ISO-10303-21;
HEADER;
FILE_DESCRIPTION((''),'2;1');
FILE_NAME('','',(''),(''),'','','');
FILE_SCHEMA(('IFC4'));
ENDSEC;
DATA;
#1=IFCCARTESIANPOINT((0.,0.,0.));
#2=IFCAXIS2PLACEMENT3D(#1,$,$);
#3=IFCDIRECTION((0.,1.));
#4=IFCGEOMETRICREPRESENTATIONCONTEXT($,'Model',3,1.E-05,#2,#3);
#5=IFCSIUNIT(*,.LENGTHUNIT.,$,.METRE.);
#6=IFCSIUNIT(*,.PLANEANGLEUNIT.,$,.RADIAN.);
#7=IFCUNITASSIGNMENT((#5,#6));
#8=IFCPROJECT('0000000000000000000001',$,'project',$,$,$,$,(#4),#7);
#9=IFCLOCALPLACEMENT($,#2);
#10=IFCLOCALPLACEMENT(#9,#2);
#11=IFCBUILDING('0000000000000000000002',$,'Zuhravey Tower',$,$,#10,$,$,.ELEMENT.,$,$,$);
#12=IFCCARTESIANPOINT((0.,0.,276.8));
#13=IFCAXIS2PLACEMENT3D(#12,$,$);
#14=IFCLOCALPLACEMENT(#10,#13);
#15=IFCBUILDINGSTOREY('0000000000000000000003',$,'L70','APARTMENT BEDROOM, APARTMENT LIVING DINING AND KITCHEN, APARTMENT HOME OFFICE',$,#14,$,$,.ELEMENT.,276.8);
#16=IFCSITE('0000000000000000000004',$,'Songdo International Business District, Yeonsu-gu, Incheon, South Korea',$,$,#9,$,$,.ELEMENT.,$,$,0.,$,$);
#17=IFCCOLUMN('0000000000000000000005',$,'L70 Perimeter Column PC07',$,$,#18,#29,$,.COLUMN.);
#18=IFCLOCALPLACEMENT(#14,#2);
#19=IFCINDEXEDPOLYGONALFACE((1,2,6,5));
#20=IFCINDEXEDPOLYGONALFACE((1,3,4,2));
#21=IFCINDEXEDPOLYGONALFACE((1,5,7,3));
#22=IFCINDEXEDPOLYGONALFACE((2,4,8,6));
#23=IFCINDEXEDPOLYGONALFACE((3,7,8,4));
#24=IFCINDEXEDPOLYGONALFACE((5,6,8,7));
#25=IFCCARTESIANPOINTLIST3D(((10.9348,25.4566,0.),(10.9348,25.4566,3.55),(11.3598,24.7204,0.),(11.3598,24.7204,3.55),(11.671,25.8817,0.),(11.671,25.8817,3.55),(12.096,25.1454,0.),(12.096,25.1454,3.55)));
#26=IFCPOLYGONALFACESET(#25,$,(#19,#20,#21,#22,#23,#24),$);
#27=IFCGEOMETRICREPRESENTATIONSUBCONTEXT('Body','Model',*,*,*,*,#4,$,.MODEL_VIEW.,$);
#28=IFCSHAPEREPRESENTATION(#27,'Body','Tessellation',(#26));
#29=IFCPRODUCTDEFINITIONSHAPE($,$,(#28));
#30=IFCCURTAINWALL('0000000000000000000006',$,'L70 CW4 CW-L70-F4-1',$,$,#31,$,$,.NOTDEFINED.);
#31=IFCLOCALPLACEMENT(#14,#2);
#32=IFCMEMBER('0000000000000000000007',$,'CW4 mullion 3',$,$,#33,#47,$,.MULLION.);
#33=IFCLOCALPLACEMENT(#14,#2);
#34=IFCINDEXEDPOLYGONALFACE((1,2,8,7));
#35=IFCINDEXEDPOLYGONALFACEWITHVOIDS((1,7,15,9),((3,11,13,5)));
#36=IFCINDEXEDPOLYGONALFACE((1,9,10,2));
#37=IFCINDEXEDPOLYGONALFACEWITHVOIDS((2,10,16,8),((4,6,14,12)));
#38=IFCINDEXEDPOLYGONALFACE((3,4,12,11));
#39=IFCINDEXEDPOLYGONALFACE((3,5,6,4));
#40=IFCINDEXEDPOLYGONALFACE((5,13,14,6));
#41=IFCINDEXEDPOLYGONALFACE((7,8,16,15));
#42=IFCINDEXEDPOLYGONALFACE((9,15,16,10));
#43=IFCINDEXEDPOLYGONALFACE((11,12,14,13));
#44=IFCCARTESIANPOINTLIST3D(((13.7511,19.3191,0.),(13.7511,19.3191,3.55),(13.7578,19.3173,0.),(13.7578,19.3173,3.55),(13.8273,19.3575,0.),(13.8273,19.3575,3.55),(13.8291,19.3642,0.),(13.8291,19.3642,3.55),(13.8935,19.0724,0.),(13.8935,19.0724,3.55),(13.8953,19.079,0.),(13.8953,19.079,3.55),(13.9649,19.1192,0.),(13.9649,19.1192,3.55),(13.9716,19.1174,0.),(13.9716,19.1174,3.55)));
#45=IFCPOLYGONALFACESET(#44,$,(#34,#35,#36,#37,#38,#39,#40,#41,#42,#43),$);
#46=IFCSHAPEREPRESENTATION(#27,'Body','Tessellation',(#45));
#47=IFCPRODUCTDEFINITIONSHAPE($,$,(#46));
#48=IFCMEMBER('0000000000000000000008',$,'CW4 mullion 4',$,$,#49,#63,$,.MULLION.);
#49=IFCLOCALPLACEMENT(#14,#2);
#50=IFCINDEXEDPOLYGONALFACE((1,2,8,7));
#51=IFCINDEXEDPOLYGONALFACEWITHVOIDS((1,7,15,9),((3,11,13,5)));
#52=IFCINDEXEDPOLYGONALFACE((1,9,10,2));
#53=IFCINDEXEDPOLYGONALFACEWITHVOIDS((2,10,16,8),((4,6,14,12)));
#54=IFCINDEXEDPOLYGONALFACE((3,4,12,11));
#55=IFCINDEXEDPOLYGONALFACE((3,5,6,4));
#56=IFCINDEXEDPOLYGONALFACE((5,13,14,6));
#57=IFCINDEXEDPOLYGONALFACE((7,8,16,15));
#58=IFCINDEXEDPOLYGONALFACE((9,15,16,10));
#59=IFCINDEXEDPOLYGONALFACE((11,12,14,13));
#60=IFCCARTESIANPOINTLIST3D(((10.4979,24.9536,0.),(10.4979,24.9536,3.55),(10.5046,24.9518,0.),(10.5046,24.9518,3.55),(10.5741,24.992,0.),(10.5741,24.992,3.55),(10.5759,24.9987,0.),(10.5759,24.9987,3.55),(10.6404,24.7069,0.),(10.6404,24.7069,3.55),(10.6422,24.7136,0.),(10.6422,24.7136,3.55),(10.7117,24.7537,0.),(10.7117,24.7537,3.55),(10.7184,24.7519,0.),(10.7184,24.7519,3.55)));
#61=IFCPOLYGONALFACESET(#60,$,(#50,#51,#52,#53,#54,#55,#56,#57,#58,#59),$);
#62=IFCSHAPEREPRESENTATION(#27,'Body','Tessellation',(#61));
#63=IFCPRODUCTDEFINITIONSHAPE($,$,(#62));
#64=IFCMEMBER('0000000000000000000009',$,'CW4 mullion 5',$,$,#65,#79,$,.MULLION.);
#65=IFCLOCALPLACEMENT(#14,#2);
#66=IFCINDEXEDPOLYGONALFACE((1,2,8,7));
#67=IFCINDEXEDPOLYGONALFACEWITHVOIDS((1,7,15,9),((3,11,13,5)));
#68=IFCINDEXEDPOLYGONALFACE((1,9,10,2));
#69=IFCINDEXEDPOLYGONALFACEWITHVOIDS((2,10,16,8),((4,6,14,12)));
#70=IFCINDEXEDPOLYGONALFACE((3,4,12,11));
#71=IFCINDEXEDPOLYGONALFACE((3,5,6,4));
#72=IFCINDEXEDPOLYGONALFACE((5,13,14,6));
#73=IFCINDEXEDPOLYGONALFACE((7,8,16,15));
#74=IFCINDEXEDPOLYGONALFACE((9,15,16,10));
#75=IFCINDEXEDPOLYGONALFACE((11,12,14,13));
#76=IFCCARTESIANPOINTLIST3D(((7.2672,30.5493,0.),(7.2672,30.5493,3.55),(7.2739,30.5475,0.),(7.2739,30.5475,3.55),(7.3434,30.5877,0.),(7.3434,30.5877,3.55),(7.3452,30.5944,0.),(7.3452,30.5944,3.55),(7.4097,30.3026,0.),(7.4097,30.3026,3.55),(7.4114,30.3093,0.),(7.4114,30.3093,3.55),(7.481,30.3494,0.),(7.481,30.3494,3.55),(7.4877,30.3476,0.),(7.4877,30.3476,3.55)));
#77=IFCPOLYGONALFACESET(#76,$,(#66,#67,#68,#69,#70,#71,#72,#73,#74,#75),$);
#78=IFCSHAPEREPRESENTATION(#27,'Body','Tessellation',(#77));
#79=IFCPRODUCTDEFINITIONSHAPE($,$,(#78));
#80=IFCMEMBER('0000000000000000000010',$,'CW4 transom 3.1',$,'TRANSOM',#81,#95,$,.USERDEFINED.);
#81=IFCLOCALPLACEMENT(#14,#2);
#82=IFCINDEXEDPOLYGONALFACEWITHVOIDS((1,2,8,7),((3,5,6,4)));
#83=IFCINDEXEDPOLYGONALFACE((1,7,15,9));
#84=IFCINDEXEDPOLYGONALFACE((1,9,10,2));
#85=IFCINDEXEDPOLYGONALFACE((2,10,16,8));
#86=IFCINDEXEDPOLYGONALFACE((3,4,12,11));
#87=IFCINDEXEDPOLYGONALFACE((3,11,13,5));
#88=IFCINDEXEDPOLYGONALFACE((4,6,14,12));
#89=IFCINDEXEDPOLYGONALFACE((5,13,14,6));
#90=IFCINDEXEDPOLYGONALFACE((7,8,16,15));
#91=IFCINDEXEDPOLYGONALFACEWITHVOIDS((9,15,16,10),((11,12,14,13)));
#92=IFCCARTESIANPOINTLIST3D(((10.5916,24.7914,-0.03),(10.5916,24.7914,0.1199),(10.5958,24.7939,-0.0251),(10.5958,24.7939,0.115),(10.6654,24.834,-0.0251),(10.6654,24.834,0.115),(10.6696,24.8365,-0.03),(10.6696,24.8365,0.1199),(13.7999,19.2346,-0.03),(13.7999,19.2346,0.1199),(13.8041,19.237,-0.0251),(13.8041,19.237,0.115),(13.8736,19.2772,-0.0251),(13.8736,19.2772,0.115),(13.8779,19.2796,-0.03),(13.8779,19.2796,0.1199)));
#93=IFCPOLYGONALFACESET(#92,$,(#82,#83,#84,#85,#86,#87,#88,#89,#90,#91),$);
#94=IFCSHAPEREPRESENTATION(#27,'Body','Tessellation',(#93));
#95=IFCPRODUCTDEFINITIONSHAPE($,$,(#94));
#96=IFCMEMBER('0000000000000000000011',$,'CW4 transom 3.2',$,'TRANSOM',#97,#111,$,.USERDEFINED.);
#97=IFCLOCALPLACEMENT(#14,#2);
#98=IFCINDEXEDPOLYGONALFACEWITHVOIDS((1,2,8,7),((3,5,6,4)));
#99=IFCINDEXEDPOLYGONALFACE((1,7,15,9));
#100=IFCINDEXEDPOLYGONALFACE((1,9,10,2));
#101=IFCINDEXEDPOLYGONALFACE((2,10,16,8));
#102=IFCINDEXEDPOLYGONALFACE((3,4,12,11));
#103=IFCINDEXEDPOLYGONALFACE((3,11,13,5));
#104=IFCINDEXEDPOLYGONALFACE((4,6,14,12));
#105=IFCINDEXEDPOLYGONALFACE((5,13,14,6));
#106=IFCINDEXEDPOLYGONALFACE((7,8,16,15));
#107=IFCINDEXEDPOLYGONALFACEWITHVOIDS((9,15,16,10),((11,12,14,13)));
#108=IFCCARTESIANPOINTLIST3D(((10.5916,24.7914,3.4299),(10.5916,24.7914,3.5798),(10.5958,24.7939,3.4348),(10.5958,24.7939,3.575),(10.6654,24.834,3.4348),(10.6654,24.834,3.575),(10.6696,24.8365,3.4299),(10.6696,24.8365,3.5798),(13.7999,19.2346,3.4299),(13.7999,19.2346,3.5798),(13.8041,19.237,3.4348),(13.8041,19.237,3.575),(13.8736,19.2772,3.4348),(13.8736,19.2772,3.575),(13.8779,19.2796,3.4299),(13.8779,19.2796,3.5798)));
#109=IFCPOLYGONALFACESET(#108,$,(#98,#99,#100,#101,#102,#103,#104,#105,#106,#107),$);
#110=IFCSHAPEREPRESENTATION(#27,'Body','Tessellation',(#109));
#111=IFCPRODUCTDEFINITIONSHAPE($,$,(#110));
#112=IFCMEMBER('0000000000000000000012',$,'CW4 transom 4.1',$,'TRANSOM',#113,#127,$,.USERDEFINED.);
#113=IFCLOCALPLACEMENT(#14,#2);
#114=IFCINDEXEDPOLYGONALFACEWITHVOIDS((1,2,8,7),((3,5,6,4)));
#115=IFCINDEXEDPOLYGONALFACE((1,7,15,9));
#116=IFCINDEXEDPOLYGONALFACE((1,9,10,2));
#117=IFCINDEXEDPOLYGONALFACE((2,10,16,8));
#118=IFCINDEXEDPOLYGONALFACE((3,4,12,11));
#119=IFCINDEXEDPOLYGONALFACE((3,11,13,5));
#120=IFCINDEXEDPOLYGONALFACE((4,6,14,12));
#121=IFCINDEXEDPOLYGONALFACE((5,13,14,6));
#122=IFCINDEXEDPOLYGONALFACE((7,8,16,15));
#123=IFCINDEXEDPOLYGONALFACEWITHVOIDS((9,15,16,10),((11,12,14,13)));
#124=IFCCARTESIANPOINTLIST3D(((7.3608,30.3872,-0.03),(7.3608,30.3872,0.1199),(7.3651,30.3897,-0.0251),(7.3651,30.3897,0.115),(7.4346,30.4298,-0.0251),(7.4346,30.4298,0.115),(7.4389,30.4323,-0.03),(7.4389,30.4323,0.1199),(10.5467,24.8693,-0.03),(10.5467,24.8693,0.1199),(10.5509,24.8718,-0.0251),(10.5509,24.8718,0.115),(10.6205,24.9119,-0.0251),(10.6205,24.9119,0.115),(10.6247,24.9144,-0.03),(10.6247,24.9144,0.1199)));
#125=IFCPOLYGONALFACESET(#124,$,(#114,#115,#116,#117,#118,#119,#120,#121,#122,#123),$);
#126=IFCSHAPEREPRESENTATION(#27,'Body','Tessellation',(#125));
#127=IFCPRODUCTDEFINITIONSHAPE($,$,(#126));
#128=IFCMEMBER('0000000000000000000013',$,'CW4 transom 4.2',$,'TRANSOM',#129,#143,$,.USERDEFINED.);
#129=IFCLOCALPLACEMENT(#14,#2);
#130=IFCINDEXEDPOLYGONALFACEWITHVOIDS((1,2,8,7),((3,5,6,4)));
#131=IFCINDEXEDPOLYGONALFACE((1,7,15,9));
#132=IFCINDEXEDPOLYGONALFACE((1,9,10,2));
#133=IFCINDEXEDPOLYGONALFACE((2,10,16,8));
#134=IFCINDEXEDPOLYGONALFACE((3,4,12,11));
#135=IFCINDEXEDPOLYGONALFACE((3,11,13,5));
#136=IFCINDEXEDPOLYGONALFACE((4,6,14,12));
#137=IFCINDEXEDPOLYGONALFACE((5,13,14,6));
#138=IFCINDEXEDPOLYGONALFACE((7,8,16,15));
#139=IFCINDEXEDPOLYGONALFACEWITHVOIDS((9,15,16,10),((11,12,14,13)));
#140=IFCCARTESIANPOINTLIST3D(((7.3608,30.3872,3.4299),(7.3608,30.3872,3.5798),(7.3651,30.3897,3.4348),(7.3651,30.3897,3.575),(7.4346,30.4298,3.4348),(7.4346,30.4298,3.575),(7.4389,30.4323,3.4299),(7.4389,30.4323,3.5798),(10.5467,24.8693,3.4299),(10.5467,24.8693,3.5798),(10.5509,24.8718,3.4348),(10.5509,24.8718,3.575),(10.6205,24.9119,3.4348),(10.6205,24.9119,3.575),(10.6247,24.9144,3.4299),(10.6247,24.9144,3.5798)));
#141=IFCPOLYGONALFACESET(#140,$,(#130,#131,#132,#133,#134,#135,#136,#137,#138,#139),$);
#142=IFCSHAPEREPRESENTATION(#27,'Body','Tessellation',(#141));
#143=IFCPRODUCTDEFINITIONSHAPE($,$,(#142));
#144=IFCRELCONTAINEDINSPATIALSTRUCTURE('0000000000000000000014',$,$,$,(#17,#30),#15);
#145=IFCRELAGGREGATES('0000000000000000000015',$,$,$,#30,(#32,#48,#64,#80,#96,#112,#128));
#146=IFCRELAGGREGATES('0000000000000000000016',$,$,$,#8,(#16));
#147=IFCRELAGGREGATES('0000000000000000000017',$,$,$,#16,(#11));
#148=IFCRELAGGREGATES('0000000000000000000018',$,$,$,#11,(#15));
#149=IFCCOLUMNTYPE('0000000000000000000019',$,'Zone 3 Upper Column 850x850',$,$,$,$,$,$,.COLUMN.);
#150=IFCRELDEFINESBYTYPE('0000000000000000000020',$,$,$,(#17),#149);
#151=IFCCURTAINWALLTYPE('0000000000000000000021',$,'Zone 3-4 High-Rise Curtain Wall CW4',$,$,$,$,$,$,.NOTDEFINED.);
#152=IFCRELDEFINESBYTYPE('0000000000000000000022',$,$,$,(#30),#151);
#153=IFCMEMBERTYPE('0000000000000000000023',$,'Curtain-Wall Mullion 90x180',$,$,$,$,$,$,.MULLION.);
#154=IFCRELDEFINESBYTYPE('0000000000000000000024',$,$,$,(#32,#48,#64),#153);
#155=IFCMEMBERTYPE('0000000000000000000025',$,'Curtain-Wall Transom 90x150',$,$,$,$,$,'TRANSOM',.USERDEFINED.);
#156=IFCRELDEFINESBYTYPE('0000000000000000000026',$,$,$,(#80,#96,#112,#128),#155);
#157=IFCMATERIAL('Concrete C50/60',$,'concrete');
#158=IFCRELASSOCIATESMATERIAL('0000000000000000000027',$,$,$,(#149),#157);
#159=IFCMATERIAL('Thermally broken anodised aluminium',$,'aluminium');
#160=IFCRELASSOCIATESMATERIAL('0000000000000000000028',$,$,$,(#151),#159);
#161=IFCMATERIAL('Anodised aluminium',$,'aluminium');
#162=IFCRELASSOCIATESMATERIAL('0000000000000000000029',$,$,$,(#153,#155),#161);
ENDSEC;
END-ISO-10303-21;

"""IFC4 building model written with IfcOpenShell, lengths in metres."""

from ifc_helpers import new_model, si_unit, direction, frame, origin, origin_2d, place, context, subcontext, project, spatial, rectangle, hollow_rectangle, extrude, material, material_profile, profile_set, type_object, element, aggregate, save


model = new_model("IFC4")

# Units and contexts
model_context = context("Model", 3, precision=1e-05, world=origin(), true_north=direction((0.0, 1.0)))
body_context = subcontext(model_context, "Body", "Model", "MODEL_VIEW")
ifc_project = project(units=[si_unit("LENGTHUNIT", "METRE"), si_unit("PLANEANGLEUNIT", "RADIAN")], contexts=[model_context])

# Site, building, storey
site_placement = place(None, origin())
site = spatial("IfcSite", under=ifc_project, at=site_placement, Name="Songdo International Business District, Yeonsu-gu, Incheon, South Korea", CompositionType="ELEMENT", RefElevation=0.0)
building_placement = place(site_placement, origin())
building = spatial("IfcBuilding", under=site, at=building_placement, Name="Zuhravey Tower", CompositionType="ELEMENT")
storey_placement = place(building_placement, frame((0.0, 0.0, 276.8)))
storey = spatial("IfcBuildingStorey", under=building, at=storey_placement, Name="L70", Description="APARTMENT BEDROOM, APARTMENT LIVING DINING AND KITCHEN, APARTMENT HOME OFFICE", CompositionType="ELEMENT", Elevation=276.8)

# Column
ifc_material_1 = material(Name="Concrete C50/60", Category="concrete")
ifc_material_profile_1 = material_profile(ifc_material_1, rectangle(XDim=0.8501, YDim=0.8501, at=origin_2d()), Name="RC-850x850")
ifc_profile_set_1 = profile_set([ifc_material_profile_1], Name="Concrete C50/60")
column_type = type_object("IfcColumnType", Name="Zone 3 Upper Column 850x850", PredefinedType="COLUMN", material=ifc_profile_set_1)
column_placement = place(storey_placement, frame((11.5154, 25.301, 0.0), z_axis=(0.0, 0.0, 1.0), x_axis=(0.5, -0.866025, 0.0)))
element("IfcColumn", 1, at=column_placement, inside=storey, type_object=column_type, Name="L70 Perimeter Column PC07", PredefinedType="COLUMN", context=body_context, shape_type="SweptSolid", body=[
    extrude(rectangle(XDim=0.8501, YDim=0.8501, at=origin_2d()), origin(), (0.0, 0.0, 1.0), 3.55),
])

# Curtain wall, members
ifc_material_2 = material(Name="Thermally broken anodised aluminium", Category="aluminium")
curtain_wall_type = type_object("IfcCurtainWallType", Name="Zone 3-4 High-Rise Curtain Wall CW4", PredefinedType="NOTDEFINED", material=ifc_material_2)
curtain_wall_placement = place(storey_placement, origin())
curtain_wall = element("IfcCurtainWall", 2, at=curtain_wall_placement, inside=storey, type_object=curtain_wall_type, Name="L70 CW4 CW-L70-F4-1", PredefinedType="NOTDEFINED")
ifc_material_3 = material(Name="Anodised aluminium", Category="aluminium")
ifc_material_profile_2 = material_profile(ifc_material_3, hollow_rectangle(XDim=0.0901, YDim=0.2849, WallThickness=0.0049, at=origin_2d()), Name="ALU-RHS-90x285x5")
ifc_profile_set_2 = profile_set([ifc_material_profile_2], Name="Anodised aluminium")
member_type_1 = type_object("IfcMemberType", Name="Curtain-Wall Mullion 90x180", PredefinedType="MULLION", material=ifc_profile_set_2)
member_1_placement = place(storey_placement, frame((13.8613, 19.2183, 0.0), z_axis=(0.0, 0.0, 1.0), x_axis=(-0.866025, -0.500001, 0.0)))
member_1 = element("IfcMember", 3, at=member_1_placement, type_object=member_type_1, Name="CW4 mullion 3", PredefinedType="MULLION", context=body_context, shape_type="SweptSolid", body=[
    extrude(hollow_rectangle(XDim=0.0901, YDim=0.2849, WallThickness=0.0049, at=origin_2d()), origin(), (0.0, 0.0, 1.0), 3.55),
])
member_2_placement = place(storey_placement, frame((10.6082, 24.8528, 0.0), z_axis=(0.0, 0.0, 1.0), x_axis=(-0.866025, -0.500001, 0.0)))
member_2 = element("IfcMember", 4, at=member_2_placement, type_object=member_type_1, Name="CW4 mullion 4", PredefinedType="MULLION", context=body_context, shape_type="SweptSolid", body=[
    extrude(hollow_rectangle(XDim=0.0901, YDim=0.2849, WallThickness=0.0049, at=origin_2d()), origin(), (0.0, 0.0, 1.0), 3.55),
])
member_3_placement = place(storey_placement, frame((7.3774, 30.4485, 0.0), z_axis=(0.0, 0.0, 1.0), x_axis=(-0.866025, -0.500001, 0.0)))
member_3 = element("IfcMember", 5, at=member_3_placement, type_object=member_type_1, Name="CW4 mullion 5", PredefinedType="MULLION", context=body_context, shape_type="SweptSolid", body=[
    extrude(hollow_rectangle(XDim=0.0901, YDim=0.2849, WallThickness=0.0049, at=origin_2d()), origin(), (0.0, 0.0, 1.0), 3.55),
])
ifc_material_profile_3 = material_profile(ifc_material_3, hollow_rectangle(XDim=0.0901, YDim=0.1499, WallThickness=0.0049, at=origin_2d()), Name="ALU-RHS-90x150x5")
ifc_profile_set_3 = profile_set([ifc_material_profile_3], Name="Anodised aluminium")
member_type_2 = type_object("IfcMemberType", Name="Curtain-Wall Transom 90x150", ElementType="TRANSOM", PredefinedType="USERDEFINED", material=ifc_profile_set_3)
member_4_placement = place(storey_placement, frame((13.8389, 19.2571, 0.0449), z_axis=(-0.499998, 0.866027, 0.0), x_axis=(-0.866027, -0.499998, 0.0)))
member_4 = element("IfcMember", 6, at=member_4_placement, type_object=member_type_2, Name="CW4 transom 3.1", ObjectType="TRANSOM", PredefinedType="USERDEFINED", context=body_context, shape_type="SweptSolid", body=[
    extrude(hollow_rectangle(XDim=0.0901, YDim=0.1499, WallThickness=0.0049, at=origin_2d()), origin(), (0.0, 0.0, 1.0), 6.4165),
])
member_5_placement = place(storey_placement, frame((13.8389, 19.2571, 3.5049), z_axis=(-0.499998, 0.866027, 0.0), x_axis=(-0.866027, -0.499998, 0.0)))
member_5 = element("IfcMember", 7, at=member_5_placement, type_object=member_type_2, Name="CW4 transom 3.2", ObjectType="TRANSOM", PredefinedType="USERDEFINED", context=body_context, shape_type="SweptSolid", body=[
    extrude(hollow_rectangle(XDim=0.0901, YDim=0.1499, WallThickness=0.0049, at=origin_2d()), origin(), (0.0, 0.0, 1.0), 6.4165),
])
member_6_placement = place(storey_placement, frame((10.5857, 24.8918, 0.0449), z_axis=(-0.500009, 0.86602, 0.0), x_axis=(-0.86602, -0.500009, 0.0)))
member_6 = element("IfcMember", 8, at=member_6_placement, type_object=member_type_2, Name="CW4 transom 4.1", ObjectType="TRANSOM", PredefinedType="USERDEFINED", context=body_context, shape_type="SweptSolid", body=[
    extrude(hollow_rectangle(XDim=0.0901, YDim=0.1499, WallThickness=0.0049, at=origin_2d()), origin(), (0.0, 0.0, 1.0), 6.3716),
])
member_7_placement = place(storey_placement, frame((10.5857, 24.8918, 3.5049), z_axis=(-0.500009, 0.86602, 0.0), x_axis=(-0.86602, -0.500009, 0.0)))
member_7 = element("IfcMember", 9, at=member_7_placement, type_object=member_type_2, Name="CW4 transom 4.2", ObjectType="TRANSOM", PredefinedType="USERDEFINED", context=body_context, shape_type="SweptSolid", body=[
    extrude(hollow_rectangle(XDim=0.0901, YDim=0.1499, WallThickness=0.0049, at=origin_2d()), origin(), (0.0, 0.0, 1.0), 6.3716),
])

aggregate(curtain_wall, [member_1, member_2, member_3, member_4, member_5, member_6, member_7])

save(model, "model.ifc")
